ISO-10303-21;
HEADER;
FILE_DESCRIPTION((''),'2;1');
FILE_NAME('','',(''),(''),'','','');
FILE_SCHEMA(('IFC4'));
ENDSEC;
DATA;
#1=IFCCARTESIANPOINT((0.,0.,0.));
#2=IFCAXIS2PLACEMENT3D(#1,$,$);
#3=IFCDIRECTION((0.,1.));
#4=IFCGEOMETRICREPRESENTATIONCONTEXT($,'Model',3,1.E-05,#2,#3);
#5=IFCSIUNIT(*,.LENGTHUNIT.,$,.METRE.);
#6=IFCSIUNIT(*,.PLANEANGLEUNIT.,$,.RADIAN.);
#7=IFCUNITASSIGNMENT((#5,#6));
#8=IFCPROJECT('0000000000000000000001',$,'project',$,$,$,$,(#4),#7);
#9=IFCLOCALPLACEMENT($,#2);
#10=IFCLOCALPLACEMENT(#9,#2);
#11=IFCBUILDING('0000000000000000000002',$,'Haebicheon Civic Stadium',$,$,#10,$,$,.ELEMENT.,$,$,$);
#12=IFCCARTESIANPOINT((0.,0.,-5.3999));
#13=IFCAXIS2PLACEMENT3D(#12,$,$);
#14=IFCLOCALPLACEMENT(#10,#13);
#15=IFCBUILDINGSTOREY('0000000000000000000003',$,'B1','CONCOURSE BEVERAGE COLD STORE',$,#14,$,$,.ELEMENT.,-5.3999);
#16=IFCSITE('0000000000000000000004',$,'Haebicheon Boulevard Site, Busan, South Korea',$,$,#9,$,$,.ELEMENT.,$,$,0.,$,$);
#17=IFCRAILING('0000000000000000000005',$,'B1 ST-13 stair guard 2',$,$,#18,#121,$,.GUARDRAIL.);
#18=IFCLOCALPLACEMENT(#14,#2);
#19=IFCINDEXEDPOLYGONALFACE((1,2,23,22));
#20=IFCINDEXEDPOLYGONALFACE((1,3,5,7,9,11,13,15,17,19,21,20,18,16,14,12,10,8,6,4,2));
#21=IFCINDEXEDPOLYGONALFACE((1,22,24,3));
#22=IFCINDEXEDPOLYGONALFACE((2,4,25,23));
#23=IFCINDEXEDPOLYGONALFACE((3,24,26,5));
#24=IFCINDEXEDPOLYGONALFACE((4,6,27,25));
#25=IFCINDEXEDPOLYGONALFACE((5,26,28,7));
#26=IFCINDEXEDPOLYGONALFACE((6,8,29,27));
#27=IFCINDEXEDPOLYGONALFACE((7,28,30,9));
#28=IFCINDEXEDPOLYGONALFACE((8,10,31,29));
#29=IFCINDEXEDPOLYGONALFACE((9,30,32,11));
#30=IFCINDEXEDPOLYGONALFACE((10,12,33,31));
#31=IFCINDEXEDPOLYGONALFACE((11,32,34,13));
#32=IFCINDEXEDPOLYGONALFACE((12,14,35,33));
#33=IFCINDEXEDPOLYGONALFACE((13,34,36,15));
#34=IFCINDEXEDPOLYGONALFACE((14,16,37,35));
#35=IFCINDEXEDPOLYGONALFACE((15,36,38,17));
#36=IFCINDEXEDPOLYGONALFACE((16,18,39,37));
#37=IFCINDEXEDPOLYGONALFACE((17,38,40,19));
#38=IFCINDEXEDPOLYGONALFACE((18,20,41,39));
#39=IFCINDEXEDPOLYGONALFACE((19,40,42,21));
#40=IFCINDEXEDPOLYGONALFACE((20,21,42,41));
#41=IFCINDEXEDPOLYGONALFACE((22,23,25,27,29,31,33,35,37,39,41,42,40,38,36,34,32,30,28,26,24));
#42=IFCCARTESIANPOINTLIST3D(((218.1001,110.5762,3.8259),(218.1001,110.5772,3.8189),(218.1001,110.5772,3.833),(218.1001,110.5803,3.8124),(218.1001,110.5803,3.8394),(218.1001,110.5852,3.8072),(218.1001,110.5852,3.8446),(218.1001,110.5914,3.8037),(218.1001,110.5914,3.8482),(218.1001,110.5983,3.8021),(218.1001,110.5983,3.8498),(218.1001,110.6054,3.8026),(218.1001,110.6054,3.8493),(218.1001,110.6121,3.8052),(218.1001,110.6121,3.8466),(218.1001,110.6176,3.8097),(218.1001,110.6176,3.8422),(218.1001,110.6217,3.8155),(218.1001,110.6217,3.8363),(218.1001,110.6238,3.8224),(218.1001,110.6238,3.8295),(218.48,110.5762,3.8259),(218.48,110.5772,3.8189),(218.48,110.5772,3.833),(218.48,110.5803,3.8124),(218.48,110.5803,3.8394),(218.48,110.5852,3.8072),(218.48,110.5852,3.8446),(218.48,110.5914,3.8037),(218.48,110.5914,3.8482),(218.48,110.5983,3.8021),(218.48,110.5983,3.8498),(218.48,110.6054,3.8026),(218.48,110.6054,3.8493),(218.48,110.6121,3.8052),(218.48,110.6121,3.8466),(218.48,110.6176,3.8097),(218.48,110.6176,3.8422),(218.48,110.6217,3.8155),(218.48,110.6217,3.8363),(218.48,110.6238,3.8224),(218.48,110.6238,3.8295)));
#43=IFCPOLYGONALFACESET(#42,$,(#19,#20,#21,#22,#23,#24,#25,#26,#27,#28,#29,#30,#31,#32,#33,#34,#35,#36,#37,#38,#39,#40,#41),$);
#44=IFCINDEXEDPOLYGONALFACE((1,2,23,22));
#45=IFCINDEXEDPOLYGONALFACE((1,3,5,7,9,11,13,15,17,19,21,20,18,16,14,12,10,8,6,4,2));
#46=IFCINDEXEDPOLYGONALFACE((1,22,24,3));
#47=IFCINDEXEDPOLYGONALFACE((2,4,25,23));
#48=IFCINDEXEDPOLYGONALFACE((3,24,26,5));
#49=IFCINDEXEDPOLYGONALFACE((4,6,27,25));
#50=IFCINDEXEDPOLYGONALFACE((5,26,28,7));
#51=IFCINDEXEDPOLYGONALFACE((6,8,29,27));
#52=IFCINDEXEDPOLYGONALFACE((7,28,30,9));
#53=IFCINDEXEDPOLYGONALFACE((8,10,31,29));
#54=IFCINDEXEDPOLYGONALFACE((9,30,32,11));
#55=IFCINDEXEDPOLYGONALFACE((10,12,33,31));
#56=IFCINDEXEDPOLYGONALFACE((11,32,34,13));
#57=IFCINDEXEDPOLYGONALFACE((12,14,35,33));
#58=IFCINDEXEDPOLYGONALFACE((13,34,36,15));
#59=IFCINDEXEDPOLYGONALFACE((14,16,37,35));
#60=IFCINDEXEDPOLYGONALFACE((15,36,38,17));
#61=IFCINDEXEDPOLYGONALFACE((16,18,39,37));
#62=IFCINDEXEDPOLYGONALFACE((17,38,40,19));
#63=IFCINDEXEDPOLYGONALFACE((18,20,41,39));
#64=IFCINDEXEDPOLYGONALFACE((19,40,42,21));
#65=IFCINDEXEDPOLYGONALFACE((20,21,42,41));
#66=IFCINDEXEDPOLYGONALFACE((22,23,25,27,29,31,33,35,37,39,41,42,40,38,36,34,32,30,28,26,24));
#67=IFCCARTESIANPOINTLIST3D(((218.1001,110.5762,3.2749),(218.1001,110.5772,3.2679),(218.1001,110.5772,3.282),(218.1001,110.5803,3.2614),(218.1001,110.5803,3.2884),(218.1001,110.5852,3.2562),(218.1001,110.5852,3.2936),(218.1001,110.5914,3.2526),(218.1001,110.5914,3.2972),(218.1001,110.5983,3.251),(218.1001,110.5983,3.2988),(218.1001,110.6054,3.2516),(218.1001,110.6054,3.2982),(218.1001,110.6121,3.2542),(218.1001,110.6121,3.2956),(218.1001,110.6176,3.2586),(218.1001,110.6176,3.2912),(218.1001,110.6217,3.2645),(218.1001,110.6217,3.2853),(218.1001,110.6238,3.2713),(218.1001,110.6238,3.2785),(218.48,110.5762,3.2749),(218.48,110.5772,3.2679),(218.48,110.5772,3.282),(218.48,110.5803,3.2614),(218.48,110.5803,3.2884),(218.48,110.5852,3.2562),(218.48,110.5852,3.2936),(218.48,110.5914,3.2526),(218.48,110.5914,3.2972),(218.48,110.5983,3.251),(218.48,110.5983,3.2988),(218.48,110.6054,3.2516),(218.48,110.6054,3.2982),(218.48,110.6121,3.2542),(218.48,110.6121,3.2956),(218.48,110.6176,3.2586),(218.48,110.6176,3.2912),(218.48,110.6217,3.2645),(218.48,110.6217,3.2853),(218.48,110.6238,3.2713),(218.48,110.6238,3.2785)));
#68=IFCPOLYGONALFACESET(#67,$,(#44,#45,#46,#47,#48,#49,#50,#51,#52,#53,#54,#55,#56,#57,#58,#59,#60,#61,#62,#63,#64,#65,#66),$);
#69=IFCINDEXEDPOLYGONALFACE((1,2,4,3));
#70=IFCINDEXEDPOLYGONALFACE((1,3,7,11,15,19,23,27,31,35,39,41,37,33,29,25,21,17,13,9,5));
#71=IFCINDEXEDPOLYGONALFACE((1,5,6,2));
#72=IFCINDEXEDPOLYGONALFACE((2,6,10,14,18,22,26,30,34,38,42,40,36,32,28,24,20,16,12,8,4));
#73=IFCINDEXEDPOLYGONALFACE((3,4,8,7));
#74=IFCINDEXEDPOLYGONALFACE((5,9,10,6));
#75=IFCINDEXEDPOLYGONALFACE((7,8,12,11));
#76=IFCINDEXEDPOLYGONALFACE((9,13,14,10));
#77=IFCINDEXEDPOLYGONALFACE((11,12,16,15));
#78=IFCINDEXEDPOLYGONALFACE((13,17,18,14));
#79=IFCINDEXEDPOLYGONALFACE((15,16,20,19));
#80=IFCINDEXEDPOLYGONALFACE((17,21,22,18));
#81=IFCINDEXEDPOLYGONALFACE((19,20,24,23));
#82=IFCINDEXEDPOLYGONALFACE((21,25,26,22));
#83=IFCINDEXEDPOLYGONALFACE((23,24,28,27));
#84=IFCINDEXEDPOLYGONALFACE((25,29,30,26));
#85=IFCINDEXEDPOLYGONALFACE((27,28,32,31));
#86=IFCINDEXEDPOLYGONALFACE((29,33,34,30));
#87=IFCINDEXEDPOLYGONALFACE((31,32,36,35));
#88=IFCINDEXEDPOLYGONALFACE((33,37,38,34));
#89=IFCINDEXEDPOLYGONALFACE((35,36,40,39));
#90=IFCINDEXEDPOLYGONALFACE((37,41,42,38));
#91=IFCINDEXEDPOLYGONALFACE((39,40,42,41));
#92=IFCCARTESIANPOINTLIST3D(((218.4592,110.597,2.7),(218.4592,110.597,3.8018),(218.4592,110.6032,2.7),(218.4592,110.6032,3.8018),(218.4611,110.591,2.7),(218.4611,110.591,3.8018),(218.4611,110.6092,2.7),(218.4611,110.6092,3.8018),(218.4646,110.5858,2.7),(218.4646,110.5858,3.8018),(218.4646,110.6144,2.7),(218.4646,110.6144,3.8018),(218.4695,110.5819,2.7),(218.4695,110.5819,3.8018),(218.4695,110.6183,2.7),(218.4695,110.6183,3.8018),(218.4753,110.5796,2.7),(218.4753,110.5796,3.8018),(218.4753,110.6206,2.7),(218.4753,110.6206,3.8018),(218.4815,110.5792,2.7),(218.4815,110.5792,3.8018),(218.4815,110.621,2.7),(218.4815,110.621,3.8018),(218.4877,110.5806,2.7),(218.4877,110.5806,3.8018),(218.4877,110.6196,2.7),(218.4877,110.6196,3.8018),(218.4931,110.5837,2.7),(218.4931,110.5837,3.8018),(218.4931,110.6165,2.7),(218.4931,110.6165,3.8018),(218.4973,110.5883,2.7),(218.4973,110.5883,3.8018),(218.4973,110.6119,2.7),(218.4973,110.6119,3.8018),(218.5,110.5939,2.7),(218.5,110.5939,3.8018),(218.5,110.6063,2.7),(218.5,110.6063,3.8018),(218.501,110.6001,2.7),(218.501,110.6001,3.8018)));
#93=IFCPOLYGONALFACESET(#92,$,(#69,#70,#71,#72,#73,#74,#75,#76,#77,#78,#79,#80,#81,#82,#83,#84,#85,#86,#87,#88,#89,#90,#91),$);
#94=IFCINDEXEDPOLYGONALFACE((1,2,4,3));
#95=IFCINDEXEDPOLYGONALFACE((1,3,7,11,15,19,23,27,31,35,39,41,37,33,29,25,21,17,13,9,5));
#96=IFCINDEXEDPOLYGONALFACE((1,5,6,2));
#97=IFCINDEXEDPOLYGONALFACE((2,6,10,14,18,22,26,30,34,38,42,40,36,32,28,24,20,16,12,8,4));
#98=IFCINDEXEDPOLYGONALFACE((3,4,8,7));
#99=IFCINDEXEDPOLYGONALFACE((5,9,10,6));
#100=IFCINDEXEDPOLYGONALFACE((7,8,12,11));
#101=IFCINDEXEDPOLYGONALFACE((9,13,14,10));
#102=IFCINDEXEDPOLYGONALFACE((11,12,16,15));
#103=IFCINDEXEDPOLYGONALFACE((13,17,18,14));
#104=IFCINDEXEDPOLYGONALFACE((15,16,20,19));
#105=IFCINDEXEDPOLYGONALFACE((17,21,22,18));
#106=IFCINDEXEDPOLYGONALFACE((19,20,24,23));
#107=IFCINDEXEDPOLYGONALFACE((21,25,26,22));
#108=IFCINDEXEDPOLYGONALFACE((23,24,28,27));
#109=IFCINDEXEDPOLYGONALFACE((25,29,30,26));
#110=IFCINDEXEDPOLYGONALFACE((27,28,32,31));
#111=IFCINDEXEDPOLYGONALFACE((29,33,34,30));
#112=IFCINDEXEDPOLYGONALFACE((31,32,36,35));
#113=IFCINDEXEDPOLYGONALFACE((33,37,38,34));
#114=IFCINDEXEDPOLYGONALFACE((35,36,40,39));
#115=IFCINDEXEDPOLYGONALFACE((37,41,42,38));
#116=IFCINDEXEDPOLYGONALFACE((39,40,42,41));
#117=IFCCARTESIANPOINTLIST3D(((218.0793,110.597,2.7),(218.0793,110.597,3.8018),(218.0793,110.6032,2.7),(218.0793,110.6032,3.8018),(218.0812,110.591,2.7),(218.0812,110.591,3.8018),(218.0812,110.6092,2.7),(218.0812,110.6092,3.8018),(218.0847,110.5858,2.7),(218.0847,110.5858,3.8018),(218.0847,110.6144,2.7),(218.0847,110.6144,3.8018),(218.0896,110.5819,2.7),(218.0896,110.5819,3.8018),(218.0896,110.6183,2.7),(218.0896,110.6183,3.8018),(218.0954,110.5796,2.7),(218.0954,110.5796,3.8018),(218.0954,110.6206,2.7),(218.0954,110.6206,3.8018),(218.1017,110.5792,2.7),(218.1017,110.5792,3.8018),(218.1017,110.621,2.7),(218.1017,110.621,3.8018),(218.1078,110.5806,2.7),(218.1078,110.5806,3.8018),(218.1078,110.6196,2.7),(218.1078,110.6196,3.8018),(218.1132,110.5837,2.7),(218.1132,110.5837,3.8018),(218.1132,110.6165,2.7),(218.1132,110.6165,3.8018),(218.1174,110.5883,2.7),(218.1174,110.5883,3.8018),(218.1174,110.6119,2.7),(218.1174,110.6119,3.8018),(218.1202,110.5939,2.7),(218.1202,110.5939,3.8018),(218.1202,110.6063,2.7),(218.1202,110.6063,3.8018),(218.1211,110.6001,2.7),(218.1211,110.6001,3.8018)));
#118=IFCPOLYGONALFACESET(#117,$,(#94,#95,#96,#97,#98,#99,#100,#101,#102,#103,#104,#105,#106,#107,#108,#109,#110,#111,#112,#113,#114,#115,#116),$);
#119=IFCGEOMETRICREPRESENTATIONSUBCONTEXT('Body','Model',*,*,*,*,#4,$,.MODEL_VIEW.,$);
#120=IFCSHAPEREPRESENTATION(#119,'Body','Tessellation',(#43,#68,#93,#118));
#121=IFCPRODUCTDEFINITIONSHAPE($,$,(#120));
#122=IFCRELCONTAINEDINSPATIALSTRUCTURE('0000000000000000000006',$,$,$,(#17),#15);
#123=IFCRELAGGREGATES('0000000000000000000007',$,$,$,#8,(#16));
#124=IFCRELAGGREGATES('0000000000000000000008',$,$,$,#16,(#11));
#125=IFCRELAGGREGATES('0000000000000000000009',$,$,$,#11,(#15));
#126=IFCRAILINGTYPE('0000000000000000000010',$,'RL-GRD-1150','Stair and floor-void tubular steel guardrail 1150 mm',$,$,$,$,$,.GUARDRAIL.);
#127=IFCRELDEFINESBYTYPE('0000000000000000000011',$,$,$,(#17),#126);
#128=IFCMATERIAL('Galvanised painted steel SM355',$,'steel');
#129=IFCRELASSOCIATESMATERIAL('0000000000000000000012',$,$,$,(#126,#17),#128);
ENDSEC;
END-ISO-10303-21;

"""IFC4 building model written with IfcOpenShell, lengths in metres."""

from ifc_helpers import new_model, si_unit, direction, frame, origin, origin_2d, place, context, subcontext, project, spatial, circle, extrude, material, type_object, element, save


model = new_model("IFC4")

# Units and contexts
model_context = context("Model", 3, precision=1e-05, world=origin(), true_north=direction((0.0, 1.0)))
body_context = subcontext(model_context, "Body", "Model", "MODEL_VIEW")
ifc_project = project(units=[si_unit("LENGTHUNIT", "METRE"), si_unit("PLANEANGLEUNIT", "RADIAN")], contexts=[model_context])

# Site, building, storey
site_placement = place(None, origin())
site = spatial("IfcSite", under=ifc_project, at=site_placement, Name="Haebicheon Boulevard Site, Busan, South Korea", CompositionType="ELEMENT", RefElevation=0.0)
building_placement = place(site_placement, origin())
building = spatial("IfcBuilding", under=site, at=building_placement, Name="Haebicheon Civic Stadium", CompositionType="ELEMENT")
storey_placement = place(building_placement, frame((0.0, 0.0, -5.3999)))
storey = spatial("IfcBuildingStorey", under=building, at=storey_placement, Name="B1", Description="CONCOURSE BEVERAGE COLD STORE", CompositionType="ELEMENT", Elevation=-5.3999)

# Railing
ifc_material_1 = material(Name="Galvanised painted steel SM355", Category="steel")
railing_type_1 = type_object("IfcRailingType", Name="RL-GRD-1150", Description="Stair and floor-void tubular steel guardrail 1150 mm", PredefinedType="GUARDRAIL", material=ifc_material_1)
railing_1_placement = place(storey_placement, frame((218.48, 110.6001, 2.7)))
element("IfcRailing", 1, at=railing_1_placement, inside=storey, type_object=railing_type_1, material=ifc_material_1, Name="B1 ST-13 stair guard 2", PredefinedType="GUARDRAIL", context=body_context, shape_type="SweptSolid", body=[
    extrude(circle(Radius=0.0239, at=origin_2d()), frame((0.0, 0.0, 1.126), z_axis=(-1.0, 0.0, 0.0), x_axis=(0.0, -1.0, 0.0)), (0.0, 0.0, 1.0), 0.3799),
    extrude(circle(Radius=0.0239, at=origin_2d()), frame((0.0, 0.0, 0.575), z_axis=(-1.0, 0.0, 0.0), x_axis=(0.0, -1.0, 0.0)), (0.0, 0.0, 1.0), 0.3799),
    extrude(circle(Radius=0.021, at=origin_2d()), origin(), (0.0, 0.0, 1.0), 1.1018),
    extrude(circle(Radius=0.021, at=origin_2d()), frame((-0.3799, 0.0, 0.0)), (0.0, 0.0, 1.0), 1.1018),
])

save(model, "model.ifc")
